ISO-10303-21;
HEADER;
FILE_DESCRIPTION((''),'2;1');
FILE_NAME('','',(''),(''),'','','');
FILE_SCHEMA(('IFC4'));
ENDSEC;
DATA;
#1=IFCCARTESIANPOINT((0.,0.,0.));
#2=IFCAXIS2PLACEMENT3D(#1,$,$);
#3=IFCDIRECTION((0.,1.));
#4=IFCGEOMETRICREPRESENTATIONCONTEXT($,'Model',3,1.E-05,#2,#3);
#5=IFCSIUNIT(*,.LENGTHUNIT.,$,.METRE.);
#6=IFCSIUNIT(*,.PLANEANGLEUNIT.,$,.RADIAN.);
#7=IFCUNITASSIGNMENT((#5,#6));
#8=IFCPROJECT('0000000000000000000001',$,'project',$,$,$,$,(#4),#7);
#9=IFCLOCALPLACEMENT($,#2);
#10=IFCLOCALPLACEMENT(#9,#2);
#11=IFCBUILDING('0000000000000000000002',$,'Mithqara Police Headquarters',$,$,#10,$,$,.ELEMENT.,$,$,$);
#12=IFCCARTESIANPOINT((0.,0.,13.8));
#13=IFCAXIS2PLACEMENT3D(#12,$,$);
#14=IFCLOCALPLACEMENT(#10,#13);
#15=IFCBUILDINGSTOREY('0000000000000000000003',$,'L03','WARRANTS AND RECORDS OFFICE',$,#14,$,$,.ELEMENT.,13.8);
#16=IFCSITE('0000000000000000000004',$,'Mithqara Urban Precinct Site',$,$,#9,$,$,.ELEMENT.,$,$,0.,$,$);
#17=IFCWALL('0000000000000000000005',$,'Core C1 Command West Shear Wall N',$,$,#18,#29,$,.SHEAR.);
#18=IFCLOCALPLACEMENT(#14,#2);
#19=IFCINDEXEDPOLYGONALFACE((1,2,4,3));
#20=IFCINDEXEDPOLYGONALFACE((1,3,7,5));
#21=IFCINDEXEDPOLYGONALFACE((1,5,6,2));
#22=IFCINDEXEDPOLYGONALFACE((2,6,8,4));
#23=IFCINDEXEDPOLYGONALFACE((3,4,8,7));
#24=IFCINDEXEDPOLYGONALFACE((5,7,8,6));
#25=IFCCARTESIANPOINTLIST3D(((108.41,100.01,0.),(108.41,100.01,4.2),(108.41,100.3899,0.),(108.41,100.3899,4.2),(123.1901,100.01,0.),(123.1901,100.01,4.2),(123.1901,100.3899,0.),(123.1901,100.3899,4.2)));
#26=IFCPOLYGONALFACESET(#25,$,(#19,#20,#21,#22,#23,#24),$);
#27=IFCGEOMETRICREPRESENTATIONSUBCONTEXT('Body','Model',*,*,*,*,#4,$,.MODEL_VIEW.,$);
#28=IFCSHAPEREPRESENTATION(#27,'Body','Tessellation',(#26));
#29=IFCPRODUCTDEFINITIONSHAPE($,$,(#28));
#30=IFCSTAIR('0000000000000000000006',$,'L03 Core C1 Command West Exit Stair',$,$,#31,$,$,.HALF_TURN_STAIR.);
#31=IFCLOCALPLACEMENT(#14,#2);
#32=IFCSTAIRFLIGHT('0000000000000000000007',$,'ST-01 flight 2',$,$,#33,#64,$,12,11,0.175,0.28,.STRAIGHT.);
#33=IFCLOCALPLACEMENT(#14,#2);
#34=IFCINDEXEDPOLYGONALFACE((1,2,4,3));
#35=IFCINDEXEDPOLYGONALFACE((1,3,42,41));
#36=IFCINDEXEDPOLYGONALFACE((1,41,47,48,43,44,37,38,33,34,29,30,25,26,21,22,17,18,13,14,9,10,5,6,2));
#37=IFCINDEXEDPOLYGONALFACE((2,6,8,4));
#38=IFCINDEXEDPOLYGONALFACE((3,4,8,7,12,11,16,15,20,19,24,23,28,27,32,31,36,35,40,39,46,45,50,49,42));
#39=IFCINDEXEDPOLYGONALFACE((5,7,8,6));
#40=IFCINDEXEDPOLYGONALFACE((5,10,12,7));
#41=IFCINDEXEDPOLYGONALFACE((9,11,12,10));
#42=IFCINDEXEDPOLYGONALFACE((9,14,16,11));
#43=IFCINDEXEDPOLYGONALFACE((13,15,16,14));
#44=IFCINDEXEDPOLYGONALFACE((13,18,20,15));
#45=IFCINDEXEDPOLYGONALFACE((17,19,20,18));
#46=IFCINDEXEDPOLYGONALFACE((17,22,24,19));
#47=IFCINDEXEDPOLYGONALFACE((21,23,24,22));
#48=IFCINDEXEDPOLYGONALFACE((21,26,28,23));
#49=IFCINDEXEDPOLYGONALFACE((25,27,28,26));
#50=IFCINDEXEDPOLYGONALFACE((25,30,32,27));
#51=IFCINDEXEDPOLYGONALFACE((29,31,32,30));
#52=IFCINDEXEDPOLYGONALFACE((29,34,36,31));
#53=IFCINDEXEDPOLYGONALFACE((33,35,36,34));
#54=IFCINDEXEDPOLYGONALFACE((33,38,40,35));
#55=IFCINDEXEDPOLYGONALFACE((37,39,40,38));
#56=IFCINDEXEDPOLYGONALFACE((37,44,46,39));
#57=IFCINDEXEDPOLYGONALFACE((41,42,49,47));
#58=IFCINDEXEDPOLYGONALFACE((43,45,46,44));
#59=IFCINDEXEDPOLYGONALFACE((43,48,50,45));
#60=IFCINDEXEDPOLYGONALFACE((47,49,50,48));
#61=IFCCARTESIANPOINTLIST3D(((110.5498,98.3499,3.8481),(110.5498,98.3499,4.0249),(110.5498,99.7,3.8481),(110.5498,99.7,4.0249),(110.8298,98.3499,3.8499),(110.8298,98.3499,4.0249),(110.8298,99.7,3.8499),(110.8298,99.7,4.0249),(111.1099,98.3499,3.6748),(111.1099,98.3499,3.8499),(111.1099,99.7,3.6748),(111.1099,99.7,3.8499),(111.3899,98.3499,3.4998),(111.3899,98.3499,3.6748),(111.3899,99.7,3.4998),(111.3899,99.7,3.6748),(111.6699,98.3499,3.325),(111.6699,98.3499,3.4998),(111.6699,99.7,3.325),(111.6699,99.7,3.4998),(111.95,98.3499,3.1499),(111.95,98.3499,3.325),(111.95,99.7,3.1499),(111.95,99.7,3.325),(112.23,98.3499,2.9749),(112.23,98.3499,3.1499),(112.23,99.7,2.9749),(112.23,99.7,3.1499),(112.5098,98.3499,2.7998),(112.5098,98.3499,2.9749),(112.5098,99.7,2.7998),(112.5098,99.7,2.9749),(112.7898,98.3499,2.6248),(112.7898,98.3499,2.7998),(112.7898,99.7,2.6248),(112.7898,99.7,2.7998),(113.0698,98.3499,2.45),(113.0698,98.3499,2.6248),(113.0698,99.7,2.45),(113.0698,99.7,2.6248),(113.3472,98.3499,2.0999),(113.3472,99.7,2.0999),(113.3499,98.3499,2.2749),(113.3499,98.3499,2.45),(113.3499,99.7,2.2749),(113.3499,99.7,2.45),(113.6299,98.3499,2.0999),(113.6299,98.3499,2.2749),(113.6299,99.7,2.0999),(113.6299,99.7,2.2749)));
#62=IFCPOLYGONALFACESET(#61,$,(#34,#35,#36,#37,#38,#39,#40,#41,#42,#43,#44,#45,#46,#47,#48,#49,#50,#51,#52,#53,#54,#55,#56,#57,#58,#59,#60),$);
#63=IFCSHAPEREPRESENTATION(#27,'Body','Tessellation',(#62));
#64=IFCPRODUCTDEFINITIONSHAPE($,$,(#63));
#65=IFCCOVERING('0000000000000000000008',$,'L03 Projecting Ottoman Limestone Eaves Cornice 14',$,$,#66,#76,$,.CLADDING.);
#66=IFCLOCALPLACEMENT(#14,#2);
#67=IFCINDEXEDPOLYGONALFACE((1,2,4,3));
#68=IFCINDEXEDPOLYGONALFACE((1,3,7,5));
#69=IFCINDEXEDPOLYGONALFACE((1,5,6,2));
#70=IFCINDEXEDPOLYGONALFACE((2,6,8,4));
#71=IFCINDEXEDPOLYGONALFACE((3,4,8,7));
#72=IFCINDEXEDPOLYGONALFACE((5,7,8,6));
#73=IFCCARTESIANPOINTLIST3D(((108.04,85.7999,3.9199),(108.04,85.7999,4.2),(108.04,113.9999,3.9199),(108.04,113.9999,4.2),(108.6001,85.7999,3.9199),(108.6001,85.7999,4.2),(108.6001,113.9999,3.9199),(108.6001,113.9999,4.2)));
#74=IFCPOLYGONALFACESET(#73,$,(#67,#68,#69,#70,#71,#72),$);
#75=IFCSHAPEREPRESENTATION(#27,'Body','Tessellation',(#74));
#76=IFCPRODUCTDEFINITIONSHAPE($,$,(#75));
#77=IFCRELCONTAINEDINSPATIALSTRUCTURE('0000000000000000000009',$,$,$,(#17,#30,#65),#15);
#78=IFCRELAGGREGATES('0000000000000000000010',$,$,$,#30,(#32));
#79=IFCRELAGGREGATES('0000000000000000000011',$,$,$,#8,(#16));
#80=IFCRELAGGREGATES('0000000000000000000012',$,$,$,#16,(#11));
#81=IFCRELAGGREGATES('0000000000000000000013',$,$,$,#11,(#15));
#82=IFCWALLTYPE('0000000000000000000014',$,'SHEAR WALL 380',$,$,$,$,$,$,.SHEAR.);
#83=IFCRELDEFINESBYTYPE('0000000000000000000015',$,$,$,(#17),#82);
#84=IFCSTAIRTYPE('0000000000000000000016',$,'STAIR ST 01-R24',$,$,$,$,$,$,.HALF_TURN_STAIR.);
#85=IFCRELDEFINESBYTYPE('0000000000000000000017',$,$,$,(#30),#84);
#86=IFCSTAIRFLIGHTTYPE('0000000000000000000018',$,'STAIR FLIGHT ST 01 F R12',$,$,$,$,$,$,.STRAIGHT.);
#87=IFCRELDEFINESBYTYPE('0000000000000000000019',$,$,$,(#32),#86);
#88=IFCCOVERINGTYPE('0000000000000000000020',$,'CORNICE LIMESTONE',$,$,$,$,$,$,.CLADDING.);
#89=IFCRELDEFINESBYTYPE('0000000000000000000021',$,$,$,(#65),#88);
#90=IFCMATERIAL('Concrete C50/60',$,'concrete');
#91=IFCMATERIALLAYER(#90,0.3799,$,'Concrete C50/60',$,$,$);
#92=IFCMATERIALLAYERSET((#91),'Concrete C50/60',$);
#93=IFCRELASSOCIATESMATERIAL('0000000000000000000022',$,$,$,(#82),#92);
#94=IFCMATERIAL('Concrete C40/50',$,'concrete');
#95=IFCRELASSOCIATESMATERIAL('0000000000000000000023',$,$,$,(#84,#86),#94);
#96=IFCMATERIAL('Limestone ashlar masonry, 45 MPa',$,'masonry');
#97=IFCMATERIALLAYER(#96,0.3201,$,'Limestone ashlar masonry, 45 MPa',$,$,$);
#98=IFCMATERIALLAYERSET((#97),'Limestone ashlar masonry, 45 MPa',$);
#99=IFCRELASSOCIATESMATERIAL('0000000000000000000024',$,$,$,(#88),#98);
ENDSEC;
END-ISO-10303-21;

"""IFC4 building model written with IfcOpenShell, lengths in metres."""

from ifc_helpers import new_model, si_unit, direction, frame, frame_2d, origin, origin_2d, place, context, subcontext, project, spatial, polyline, rectangle, outline, extrude, material, layer, layer_set, type_object, element, aggregate, save


model = new_model("IFC4")

# Units and contexts
model_context = context("Model", 3, precision=1e-05, world=origin(), true_north=direction((0.0, 1.0)))
body_context = subcontext(model_context, "Body", "Model", "MODEL_VIEW")
ifc_project = project(units=[si_unit("LENGTHUNIT", "METRE"), si_unit("PLANEANGLEUNIT", "RADIAN")], contexts=[model_context])

# Site, building, storey
site_placement = place(None, origin())
site = spatial("IfcSite", under=ifc_project, at=site_placement, Name="Mithqara Urban Precinct Site", CompositionType="ELEMENT", RefElevation=0.0)
building_placement = place(site_placement, origin())
building = spatial("IfcBuilding", under=site, at=building_placement, Name="Mithqara Police Headquarters", CompositionType="ELEMENT")
storey_placement = place(building_placement, frame((0.0, 0.0, 13.8)))
storey = spatial("IfcBuildingStorey", under=building, at=storey_placement, Name="L03", Description="WARRANTS AND RECORDS OFFICE", CompositionType="ELEMENT", Elevation=13.8)

# Shared definitions
ifc_material_1 = material(Name="Concrete C40/50", Category="concrete")

# Shared definitions
ifc_material_2 = material(Name="Limestone ashlar masonry, 45 MPa", Category="masonry")

# Wall
ifc_material_3 = material(Name="Concrete C50/60", Category="concrete")
ifc_layer_1 = layer(ifc_material_3, 0.3799, Name="Concrete C50/60")
ifc_layer_set_1 = layer_set([ifc_layer_1], Name="Concrete C50/60")
wall_type_1 = type_object("IfcWallType", Name="SHEAR WALL 380", PredefinedType="SHEAR", material=ifc_layer_set_1)
wall_1_placement = place(storey_placement, frame((108.4099, 100.2, 0.0), z_axis=(0.0, 0.0, 1.0), x_axis=(1.0, 0.0, 0.0)))
element("IfcWall", 1, at=wall_1_placement, inside=storey, type_object=wall_type_1, Name="Core C1 Command West Shear Wall N", PredefinedType="SHEAR", context=body_context, shape_type="SweptSolid", body=[
    extrude(rectangle(XDim=14.78, YDim=0.3799, at=frame_2d((7.3901, 0.0))), origin(), (0.0, 0.0, 1.0), 4.2),
])

# Stair, stair flight
stair_type = type_object("IfcStairType", Name="STAIR ST 01-R24", PredefinedType="HALF_TURN_STAIR", material=ifc_material_1)
stair_placement = place(storey_placement, origin())
stair = element("IfcStair", 2, at=stair_placement, inside=storey, type_object=stair_type, Name="L03 Core C1 Command West Exit Stair", PredefinedType="HALF_TURN_STAIR")
stair_flight_type = type_object("IfcStairFlightType", Name="STAIR FLIGHT ST 01 F R12", PredefinedType="STRAIGHT", material=ifc_material_1)
stair_flight_placement = place(storey_placement, frame((113.6299, 99.0249, 2.0999), z_axis=(0.0, 0.0, 1.0), x_axis=(-1.0, 0.0, 0.0)))
stair_flight = element("IfcStairFlight", 3, at=stair_flight_placement, type_object=stair_flight_type, Name="ST-01 flight 2", NumberOfRisers=12, NumberOfTreads=11, PredefinedType="STRAIGHT", RiserHeight=0.175, TreadLength=0.28, context=body_context, shape_type="SweptSolid", body=[
    extrude(outline(polyline([(0.0, 0.0), (0.0, 0.175), (0.28, 0.175), (0.28, 0.3501), (0.5601, 0.3501), (0.5601, 0.5249), (0.8401, 0.5249), (0.8401, 0.7), (1.1201, 0.7), (1.1201, 0.875), (1.3999, 0.875), (1.3999, 1.05), (1.6799, 1.05), (1.6799, 1.2251), (1.96, 1.2251), (1.96, 1.3999), (2.24, 1.3999), (2.24, 1.575), (2.52, 1.575), (2.52, 1.75), (2.8, 1.75), (2.8, 1.925), (3.0801, 1.925), (3.0801, 2.1001), (3.0801, 1.7483), (0.2827, 0.0), (0.0, 0.0)])), frame((0.0, 0.675, 0.0), z_axis=(0.0, -1.0, 0.0), x_axis=(1.0, 0.0, 0.0)), (0.0, 0.0, 1.0), 1.3501),
])
aggregate(stair, [stair_flight])

# Covering
ifc_layer_2 = layer(ifc_material_2, 0.3201, Name="Limestone ashlar masonry, 45 MPa")
ifc_layer_set_2 = layer_set([ifc_layer_2], Name="Limestone ashlar masonry, 45 MPa")
covering_type = type_object("IfcCoveringType", Name="CORNICE LIMESTONE", PredefinedType="CLADDING", material=ifc_layer_set_2)
covering_placement = place(storey_placement, frame((108.3201, 99.8999, 3.9199), z_axis=(0.0, 0.0, 1.0), x_axis=(0.0, 1.0, 0.0)))
element("IfcCovering", 4, at=covering_placement, inside=storey, type_object=covering_type, Name="L03 Projecting Ottoman Limestone Eaves Cornice 14", PredefinedType="CLADDING", context=body_context, shape_type="SweptSolid", body=[
    extrude(rectangle(XDim=28.2, YDim=0.5601, at=origin_2d()), origin(), (0.0, 0.0, 1.0), 0.28),
])

save(model, "model.ifc")
